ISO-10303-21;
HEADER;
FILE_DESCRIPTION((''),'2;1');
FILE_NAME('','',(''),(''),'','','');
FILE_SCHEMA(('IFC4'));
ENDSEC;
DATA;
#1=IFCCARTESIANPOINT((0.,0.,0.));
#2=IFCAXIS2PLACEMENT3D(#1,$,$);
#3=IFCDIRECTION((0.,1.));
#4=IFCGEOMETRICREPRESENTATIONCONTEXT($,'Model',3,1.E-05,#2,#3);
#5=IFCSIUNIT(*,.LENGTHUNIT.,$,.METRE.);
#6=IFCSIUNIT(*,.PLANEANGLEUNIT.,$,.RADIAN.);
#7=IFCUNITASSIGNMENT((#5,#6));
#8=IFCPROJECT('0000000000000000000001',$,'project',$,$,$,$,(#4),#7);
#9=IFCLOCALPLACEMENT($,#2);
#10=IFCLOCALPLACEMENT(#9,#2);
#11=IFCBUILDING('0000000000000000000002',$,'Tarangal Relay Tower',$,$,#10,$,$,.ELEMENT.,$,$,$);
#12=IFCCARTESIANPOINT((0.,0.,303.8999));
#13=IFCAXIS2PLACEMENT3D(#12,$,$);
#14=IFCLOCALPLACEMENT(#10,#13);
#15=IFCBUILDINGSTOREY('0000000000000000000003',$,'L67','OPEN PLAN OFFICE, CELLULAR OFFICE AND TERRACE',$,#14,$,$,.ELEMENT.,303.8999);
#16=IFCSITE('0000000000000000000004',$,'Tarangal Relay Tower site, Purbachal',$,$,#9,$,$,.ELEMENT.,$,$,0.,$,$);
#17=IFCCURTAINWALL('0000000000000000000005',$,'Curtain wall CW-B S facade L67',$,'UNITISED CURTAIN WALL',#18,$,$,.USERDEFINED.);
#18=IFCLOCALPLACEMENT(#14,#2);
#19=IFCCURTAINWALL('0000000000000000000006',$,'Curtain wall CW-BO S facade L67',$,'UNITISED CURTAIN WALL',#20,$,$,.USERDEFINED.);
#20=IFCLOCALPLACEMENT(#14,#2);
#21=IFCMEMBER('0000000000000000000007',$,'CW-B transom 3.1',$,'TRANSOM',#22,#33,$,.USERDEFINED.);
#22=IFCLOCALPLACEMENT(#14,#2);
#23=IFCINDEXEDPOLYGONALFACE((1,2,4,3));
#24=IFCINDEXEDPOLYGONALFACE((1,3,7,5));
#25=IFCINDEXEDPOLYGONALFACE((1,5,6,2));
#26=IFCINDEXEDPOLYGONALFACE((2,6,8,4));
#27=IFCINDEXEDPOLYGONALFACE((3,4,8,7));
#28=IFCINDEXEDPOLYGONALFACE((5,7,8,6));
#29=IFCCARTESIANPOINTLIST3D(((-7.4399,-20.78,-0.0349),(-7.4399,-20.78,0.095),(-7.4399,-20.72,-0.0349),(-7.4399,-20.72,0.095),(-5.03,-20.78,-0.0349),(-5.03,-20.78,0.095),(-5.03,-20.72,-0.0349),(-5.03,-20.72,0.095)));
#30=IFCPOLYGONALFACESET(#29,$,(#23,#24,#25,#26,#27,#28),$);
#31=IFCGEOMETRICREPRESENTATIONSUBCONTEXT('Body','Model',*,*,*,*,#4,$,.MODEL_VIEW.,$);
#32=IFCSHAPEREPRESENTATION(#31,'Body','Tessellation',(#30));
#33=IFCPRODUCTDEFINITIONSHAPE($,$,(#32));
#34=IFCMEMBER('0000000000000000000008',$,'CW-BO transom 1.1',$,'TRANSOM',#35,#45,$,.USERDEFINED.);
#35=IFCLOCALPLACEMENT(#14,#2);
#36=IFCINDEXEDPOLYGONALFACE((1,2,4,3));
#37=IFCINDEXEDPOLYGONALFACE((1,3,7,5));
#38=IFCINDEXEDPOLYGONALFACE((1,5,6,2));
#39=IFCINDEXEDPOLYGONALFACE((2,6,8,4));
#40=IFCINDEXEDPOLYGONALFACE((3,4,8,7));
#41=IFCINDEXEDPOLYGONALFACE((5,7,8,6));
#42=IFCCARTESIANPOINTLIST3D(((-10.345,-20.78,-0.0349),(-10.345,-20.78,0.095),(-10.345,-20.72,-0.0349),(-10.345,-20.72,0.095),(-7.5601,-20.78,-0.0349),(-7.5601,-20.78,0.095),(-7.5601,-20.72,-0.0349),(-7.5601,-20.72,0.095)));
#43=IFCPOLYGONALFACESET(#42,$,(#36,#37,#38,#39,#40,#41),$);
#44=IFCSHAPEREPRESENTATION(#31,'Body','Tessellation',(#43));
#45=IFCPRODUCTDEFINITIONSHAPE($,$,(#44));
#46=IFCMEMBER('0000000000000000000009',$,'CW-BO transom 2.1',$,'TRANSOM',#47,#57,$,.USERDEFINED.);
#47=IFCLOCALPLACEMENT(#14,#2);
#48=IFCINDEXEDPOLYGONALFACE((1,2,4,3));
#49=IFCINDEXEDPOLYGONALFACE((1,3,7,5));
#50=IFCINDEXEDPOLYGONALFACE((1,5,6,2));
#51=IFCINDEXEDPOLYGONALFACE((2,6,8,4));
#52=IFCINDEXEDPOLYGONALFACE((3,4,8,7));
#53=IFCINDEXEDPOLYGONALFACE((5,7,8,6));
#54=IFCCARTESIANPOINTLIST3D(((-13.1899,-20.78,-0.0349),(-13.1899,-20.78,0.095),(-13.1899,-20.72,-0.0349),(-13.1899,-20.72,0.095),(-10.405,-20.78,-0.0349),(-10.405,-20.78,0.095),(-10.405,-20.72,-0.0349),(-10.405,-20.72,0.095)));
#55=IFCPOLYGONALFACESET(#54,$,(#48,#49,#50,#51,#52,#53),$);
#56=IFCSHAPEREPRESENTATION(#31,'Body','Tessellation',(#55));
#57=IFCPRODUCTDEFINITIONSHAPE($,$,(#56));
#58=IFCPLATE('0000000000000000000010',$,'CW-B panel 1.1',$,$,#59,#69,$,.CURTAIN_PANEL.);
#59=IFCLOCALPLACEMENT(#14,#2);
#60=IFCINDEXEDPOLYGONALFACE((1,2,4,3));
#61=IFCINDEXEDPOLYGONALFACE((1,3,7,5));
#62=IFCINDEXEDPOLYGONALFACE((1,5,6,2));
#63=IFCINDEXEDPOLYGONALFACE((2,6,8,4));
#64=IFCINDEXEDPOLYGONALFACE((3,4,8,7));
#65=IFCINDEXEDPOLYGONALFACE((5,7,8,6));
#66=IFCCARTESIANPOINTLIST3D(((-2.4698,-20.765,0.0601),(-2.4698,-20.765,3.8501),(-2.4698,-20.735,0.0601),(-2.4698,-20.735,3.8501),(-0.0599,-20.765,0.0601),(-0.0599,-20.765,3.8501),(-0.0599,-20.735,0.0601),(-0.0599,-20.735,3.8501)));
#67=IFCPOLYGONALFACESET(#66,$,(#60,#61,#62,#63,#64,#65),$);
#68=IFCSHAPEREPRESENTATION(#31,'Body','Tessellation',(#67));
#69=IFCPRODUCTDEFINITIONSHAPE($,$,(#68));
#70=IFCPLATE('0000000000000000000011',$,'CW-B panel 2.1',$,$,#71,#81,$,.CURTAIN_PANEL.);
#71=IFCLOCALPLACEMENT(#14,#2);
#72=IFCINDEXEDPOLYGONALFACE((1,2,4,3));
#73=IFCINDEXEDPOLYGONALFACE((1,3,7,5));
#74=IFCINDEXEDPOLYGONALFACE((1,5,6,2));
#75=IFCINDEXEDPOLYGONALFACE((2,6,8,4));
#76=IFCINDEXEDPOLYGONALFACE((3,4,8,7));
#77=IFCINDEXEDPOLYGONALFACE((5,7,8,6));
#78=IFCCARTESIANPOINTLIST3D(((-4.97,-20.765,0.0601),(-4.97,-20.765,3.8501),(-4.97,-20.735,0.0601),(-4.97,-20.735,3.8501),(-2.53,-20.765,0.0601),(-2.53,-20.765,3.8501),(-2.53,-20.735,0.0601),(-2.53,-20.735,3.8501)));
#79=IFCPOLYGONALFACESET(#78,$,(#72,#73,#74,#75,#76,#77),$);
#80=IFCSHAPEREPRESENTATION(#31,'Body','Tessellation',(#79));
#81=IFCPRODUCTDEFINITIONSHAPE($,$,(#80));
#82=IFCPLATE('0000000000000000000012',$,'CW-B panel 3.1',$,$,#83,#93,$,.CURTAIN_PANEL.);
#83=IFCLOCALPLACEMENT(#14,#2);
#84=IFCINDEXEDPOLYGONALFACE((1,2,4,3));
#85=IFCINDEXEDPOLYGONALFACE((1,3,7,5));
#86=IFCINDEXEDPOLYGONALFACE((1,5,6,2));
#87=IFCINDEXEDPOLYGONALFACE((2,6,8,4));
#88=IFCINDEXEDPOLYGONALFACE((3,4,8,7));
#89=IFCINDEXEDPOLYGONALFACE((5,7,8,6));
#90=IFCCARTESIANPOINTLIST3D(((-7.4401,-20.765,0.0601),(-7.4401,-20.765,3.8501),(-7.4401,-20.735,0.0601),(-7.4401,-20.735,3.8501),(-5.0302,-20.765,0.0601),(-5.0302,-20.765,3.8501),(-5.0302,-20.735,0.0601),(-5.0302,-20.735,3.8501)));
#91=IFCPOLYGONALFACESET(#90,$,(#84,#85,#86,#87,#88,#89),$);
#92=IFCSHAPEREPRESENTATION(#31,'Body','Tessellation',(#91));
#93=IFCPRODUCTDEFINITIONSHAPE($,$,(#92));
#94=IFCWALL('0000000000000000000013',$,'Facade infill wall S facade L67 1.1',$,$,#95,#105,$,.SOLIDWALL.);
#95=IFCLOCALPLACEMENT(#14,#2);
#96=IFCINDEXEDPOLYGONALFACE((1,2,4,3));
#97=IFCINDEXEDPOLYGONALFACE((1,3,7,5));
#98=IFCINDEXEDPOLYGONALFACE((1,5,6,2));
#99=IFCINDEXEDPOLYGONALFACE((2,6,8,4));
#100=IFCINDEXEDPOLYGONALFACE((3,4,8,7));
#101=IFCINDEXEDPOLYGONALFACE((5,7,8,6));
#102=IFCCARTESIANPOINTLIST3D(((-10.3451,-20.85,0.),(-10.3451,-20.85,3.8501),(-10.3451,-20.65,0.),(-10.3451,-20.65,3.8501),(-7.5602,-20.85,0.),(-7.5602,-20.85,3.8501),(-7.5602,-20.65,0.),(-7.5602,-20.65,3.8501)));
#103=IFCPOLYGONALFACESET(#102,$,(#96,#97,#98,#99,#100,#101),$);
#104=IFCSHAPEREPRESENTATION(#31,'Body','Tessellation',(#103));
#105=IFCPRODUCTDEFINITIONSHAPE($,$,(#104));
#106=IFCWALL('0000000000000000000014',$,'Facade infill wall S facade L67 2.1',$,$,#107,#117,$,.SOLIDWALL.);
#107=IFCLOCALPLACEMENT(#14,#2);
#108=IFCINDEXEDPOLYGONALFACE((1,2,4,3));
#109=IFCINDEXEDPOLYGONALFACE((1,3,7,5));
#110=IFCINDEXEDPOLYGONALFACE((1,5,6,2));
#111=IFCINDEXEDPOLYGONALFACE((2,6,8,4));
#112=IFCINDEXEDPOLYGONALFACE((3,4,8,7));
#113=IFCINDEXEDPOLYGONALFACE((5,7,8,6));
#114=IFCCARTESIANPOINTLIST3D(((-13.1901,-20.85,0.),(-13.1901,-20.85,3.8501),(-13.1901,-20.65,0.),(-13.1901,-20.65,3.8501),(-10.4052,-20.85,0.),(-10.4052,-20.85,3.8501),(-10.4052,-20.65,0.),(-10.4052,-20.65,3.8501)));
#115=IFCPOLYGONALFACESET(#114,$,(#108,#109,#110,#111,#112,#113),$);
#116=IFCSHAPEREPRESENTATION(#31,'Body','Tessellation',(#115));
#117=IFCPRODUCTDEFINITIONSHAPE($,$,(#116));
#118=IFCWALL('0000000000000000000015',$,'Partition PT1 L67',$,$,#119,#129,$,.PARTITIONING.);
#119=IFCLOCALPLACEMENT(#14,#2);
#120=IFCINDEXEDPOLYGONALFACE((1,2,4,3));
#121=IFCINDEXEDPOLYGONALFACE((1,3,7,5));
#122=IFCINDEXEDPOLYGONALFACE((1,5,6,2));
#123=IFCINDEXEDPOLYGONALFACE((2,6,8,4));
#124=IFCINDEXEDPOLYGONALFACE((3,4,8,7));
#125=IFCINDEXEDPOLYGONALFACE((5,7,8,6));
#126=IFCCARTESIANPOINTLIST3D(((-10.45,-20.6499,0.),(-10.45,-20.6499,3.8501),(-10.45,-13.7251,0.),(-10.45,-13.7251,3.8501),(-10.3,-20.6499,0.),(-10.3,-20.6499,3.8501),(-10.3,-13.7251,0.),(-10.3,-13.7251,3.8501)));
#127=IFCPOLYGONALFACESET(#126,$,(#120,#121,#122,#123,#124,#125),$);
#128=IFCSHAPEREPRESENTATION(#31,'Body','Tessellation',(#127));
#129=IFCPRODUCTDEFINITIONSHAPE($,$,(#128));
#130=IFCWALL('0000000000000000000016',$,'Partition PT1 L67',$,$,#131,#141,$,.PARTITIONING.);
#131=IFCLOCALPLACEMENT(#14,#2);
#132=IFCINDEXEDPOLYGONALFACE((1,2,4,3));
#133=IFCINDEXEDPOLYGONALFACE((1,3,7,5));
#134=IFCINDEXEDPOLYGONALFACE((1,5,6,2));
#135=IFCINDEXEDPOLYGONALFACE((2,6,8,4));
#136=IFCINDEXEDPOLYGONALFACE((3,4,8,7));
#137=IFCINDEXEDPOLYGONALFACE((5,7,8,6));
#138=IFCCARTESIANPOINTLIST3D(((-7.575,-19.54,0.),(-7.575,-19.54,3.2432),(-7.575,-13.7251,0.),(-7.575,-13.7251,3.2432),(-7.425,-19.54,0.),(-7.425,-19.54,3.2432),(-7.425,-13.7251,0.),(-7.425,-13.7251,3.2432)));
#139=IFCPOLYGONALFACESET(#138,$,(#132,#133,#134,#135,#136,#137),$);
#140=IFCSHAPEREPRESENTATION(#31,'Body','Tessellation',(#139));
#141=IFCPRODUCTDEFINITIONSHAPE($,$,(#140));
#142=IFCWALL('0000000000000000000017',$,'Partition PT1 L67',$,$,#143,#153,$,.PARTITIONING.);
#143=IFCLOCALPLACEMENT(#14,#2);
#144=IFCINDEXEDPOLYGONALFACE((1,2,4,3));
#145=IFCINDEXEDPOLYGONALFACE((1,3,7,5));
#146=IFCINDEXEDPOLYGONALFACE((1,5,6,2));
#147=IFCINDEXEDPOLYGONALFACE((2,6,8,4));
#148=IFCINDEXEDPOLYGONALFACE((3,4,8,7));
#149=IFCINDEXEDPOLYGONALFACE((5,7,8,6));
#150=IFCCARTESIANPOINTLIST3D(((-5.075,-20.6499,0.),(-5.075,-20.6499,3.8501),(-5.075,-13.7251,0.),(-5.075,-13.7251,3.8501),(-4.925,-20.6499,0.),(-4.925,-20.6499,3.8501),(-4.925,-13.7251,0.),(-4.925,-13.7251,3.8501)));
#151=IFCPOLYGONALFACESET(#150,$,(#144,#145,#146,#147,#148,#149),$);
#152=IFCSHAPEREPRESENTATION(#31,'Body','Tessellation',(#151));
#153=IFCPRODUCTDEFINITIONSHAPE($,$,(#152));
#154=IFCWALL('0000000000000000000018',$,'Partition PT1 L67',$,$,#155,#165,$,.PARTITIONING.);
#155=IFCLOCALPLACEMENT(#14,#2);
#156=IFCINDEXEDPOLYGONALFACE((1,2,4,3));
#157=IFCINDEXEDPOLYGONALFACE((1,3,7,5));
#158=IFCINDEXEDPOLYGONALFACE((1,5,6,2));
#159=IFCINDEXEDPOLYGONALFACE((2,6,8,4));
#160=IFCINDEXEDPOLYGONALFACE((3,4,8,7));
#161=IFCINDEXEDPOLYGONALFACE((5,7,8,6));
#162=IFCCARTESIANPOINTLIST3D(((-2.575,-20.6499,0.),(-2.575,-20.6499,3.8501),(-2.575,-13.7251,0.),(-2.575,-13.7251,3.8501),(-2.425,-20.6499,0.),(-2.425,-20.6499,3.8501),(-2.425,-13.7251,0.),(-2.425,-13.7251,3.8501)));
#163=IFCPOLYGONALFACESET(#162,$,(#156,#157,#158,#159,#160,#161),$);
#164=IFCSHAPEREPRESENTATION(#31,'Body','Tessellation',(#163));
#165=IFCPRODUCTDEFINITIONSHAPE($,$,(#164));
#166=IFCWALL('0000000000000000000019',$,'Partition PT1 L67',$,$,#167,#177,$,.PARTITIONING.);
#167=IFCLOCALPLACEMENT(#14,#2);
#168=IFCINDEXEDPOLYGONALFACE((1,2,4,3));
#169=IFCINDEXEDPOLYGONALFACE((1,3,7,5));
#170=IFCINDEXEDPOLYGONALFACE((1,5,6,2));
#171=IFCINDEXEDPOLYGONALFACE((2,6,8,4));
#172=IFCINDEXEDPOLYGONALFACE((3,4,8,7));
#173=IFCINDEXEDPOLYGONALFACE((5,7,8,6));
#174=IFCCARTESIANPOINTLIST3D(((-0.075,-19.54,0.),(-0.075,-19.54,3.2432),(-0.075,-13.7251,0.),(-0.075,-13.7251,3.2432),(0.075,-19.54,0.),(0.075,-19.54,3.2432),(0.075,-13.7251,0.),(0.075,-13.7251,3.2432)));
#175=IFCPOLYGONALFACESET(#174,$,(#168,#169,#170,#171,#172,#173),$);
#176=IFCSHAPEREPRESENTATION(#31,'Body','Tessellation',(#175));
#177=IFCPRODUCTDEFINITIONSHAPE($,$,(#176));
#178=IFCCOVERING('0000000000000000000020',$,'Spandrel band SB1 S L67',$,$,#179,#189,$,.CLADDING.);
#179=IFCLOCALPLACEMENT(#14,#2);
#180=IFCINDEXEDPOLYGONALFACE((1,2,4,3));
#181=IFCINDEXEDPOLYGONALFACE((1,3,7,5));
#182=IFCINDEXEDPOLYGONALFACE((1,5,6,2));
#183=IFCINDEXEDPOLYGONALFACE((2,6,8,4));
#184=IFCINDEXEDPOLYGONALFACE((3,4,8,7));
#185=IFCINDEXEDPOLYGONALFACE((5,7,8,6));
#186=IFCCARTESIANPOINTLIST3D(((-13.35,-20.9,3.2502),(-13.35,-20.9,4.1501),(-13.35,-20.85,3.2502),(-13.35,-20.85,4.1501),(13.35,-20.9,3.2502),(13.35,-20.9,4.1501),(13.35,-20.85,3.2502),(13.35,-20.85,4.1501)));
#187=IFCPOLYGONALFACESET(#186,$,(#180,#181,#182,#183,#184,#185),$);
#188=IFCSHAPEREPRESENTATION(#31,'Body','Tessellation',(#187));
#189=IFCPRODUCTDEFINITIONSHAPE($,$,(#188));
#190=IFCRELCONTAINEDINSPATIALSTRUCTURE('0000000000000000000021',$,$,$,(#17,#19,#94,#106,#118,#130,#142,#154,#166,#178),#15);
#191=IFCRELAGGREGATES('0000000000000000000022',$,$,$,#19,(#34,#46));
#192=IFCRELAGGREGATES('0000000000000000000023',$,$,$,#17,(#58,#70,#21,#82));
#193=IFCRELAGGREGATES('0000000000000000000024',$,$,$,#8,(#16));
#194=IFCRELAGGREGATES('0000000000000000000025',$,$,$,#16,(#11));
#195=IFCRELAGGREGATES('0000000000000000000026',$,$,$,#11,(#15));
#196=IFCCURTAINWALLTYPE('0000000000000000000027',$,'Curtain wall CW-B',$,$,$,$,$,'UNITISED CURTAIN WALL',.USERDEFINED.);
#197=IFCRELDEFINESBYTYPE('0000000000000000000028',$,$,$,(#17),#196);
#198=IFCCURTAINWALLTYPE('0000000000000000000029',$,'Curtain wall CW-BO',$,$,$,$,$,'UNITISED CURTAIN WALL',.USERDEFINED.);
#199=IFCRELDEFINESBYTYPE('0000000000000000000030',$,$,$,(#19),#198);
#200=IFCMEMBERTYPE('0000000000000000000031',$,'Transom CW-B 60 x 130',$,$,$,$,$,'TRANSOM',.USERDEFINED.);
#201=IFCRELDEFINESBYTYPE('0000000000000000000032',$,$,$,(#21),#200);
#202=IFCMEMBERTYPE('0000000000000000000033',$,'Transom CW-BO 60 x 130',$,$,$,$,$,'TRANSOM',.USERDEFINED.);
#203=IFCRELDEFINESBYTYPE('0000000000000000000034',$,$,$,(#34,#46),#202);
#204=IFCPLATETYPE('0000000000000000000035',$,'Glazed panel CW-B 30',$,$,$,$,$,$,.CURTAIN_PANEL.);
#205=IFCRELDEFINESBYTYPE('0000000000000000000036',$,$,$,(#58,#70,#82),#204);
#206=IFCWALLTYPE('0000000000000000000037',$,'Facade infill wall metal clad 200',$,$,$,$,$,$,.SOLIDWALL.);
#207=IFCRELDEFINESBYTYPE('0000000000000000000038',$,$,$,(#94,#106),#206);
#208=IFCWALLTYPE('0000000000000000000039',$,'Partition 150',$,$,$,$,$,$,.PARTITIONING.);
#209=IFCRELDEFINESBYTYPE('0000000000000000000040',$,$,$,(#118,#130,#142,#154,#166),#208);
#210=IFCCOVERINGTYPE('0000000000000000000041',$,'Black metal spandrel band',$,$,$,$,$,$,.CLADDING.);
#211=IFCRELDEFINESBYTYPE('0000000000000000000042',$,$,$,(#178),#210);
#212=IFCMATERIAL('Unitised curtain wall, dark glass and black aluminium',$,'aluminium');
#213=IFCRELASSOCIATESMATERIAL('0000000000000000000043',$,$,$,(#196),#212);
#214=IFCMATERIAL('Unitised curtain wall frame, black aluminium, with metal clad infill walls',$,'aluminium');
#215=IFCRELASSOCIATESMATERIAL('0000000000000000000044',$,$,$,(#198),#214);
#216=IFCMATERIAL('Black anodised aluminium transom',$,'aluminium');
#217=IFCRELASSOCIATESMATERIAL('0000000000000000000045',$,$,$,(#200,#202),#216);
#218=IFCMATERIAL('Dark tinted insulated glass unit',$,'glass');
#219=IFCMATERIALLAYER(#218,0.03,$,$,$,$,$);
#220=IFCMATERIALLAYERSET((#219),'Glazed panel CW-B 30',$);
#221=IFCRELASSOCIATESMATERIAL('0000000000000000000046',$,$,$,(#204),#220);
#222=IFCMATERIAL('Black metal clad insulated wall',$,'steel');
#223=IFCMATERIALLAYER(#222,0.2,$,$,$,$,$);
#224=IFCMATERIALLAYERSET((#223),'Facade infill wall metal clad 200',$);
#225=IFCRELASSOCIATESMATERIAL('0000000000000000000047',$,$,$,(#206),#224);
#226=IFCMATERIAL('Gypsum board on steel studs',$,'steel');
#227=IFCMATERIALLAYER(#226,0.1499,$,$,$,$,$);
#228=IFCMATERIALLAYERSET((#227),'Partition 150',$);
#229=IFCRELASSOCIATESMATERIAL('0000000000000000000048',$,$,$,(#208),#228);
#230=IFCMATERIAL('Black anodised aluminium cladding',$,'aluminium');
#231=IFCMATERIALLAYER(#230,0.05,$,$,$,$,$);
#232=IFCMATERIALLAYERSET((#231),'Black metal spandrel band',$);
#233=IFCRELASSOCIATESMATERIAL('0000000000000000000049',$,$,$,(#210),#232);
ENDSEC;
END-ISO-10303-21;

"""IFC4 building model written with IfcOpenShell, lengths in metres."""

from ifc_helpers import new_model, si_unit, direction, frame, frame_2d, origin, origin_2d, place, context, subcontext, project, spatial, rectangle, extrude, material, layer, layer_set, material_profile, profile_set, type_object, element, aggregate, save


model = new_model("IFC4")

# Units and contexts
model_context = context("Model", 3, precision=1e-05, world=origin(), true_north=direction((0.0, 1.0)))
body_context = subcontext(model_context, "Body", "Model", "MODEL_VIEW")
ifc_project = project(units=[si_unit("LENGTHUNIT", "METRE"), si_unit("PLANEANGLEUNIT", "RADIAN")], contexts=[model_context])

# Site, building, storey
site_placement = place(None, origin())
site = spatial("IfcSite", under=ifc_project, at=site_placement, Name="Tarangal Relay Tower site, Purbachal", CompositionType="ELEMENT", RefElevation=0.0)
building_placement = place(site_placement, origin())
building = spatial("IfcBuilding", under=site, at=building_placement, Name="Tarangal Relay Tower", CompositionType="ELEMENT")
storey_placement = place(building_placement, frame((0.0, 0.0, 303.8999)))
storey = spatial("IfcBuildingStorey", under=building, at=storey_placement, Name="L67", Description="OPEN PLAN OFFICE, CELLULAR OFFICE AND TERRACE", CompositionType="ELEMENT", Elevation=303.8999)

# Curtain walls
ifc_material_1 = material(Name="Unitised curtain wall, dark glass and black aluminium", Category="aluminium")
curtain_wall_type_1 = type_object("IfcCurtainWallType", Name="Curtain wall CW-B", ElementType="UNITISED CURTAIN WALL", PredefinedType="USERDEFINED", material=ifc_material_1)
curtain_wall_1_placement = place(storey_placement, origin())
curtain_wall_1 = element("IfcCurtainWall", 1, at=curtain_wall_1_placement, inside=storey, type_object=curtain_wall_type_1, Name="Curtain wall CW-B S facade L67", ObjectType="UNITISED CURTAIN WALL", PredefinedType="USERDEFINED")
ifc_material_2 = material(Name="Unitised curtain wall frame, black aluminium, with metal clad infill walls", Category="aluminium")
curtain_wall_type_2 = type_object("IfcCurtainWallType", Name="Curtain wall CW-BO", ElementType="UNITISED CURTAIN WALL", PredefinedType="USERDEFINED", material=ifc_material_2)
curtain_wall_2_placement = place(storey_placement, origin())
curtain_wall_2 = element("IfcCurtainWall", 2, at=curtain_wall_2_placement, inside=storey, type_object=curtain_wall_type_2, Name="Curtain wall CW-BO S facade L67", ObjectType="UNITISED CURTAIN WALL", PredefinedType="USERDEFINED")

# Members
ifc_material_3 = material(Name="Black anodised aluminium transom", Category="aluminium")
ifc_material_profile_1 = material_profile(ifc_material_3, rectangle(XDim=0.0601, YDim=0.1299, at=origin_2d()), Name="CW-BT 60X130")
ifc_profile_set_1 = profile_set([ifc_material_profile_1], Name="Black anodised aluminium transom")
member_type_1 = type_object("IfcMemberType", Name="Transom CW-B 60 x 130", ElementType="TRANSOM", PredefinedType="USERDEFINED", material=ifc_profile_set_1)
member_1_placement = place(storey_placement, frame((-5.03, -20.75, 0.03), z_axis=(-1.0, 0.0, 0.0), x_axis=(0.0, -1.0, 0.0)))
member_1 = element("IfcMember", 3, at=member_1_placement, type_object=member_type_1, Name="CW-B transom 3.1", ObjectType="TRANSOM", PredefinedType="USERDEFINED", context=body_context, shape_type="SweptSolid", body=[
    extrude(rectangle(XDim=0.0601, YDim=0.1299, at=origin_2d()), origin(), (0.0, 0.0, 1.0), 2.4099),
])
ifc_material_profile_2 = material_profile(ifc_material_3, rectangle(XDim=0.0601, YDim=0.1299, at=origin_2d()), Name="CW-BOT 60X130")
ifc_profile_set_2 = profile_set([ifc_material_profile_2], Name="Black anodised aluminium transom")
member_type_2 = type_object("IfcMemberType", Name="Transom CW-BO 60 x 130", ElementType="TRANSOM", PredefinedType="USERDEFINED", material=ifc_profile_set_2)
member_2_placement = place(storey_placement, frame((-7.5601, -20.75, 0.03), z_axis=(-1.0, 0.0, 0.0), x_axis=(0.0, -1.0, 0.0)))
member_2 = element("IfcMember", 4, at=member_2_placement, type_object=member_type_2, Name="CW-BO transom 1.1", ObjectType="TRANSOM", PredefinedType="USERDEFINED", context=body_context, shape_type="SweptSolid", body=[
    extrude(rectangle(XDim=0.0601, YDim=0.1299, at=origin_2d()), origin(), (0.0, 0.0, 1.0), 2.7849),
])
member_3_placement = place(storey_placement, frame((-10.405, -20.75, 0.03), z_axis=(-1.0, 0.0, 0.0), x_axis=(0.0, -1.0, 0.0)))
member_3 = element("IfcMember", 5, at=member_3_placement, type_object=member_type_2, Name="CW-BO transom 2.1", ObjectType="TRANSOM", PredefinedType="USERDEFINED", context=body_context, shape_type="SweptSolid", body=[
    extrude(rectangle(XDim=0.0601, YDim=0.1299, at=origin_2d()), origin(), (0.0, 0.0, 1.0), 2.7849),
])
aggregate(curtain_wall_2, [member_2, member_3])

# Plates
ifc_material_4 = material(Name="Dark tinted insulated glass unit", Category="glass")
ifc_layer_1 = layer(ifc_material_4, 0.03)
ifc_layer_set_1 = layer_set([ifc_layer_1], Name="Glazed panel CW-B 30")
plate_type = type_object("IfcPlateType", Name="Glazed panel CW-B 30", PredefinedType="CURTAIN_PANEL", material=ifc_layer_set_1)
plate_1_placement = place(storey_placement, frame((-1.2649, -20.75, 0.0601), z_axis=(0.0, 0.0, 1.0), x_axis=(-1.0, 0.0, 0.0)))
plate_1 = element("IfcPlate", 6, at=plate_1_placement, type_object=plate_type, Name="CW-B panel 1.1", PredefinedType="CURTAIN_PANEL", context=body_context, shape_type="SweptSolid", body=[
    extrude(rectangle(XDim=2.4099, YDim=0.03, at=origin_2d()), origin(), (0.0, 0.0, 1.0), 3.79),
])
plate_2_placement = place(storey_placement, frame((-3.75, -20.75, 0.0601), z_axis=(0.0, 0.0, 1.0), x_axis=(-1.0, 0.0, 0.0)))
plate_2 = element("IfcPlate", 7, at=plate_2_placement, type_object=plate_type, Name="CW-B panel 2.1", PredefinedType="CURTAIN_PANEL", context=body_context, shape_type="SweptSolid", body=[
    extrude(rectangle(XDim=2.4399, YDim=0.03, at=origin_2d()), origin(), (0.0, 0.0, 1.0), 3.79),
])
plate_3_placement = place(storey_placement, frame((-6.2351, -20.75, 0.0601), z_axis=(0.0, 0.0, 1.0), x_axis=(-1.0, 0.0, 0.0)))
plate_3 = element("IfcPlate", 8, at=plate_3_placement, type_object=plate_type, Name="CW-B panel 3.1", PredefinedType="CURTAIN_PANEL", context=body_context, shape_type="SweptSolid", body=[
    extrude(rectangle(XDim=2.4099, YDim=0.03, at=origin_2d()), origin(), (0.0, 0.0, 1.0), 3.79),
])
aggregate(curtain_wall_1, [plate_1, plate_2, member_1, plate_3])

# Walls
ifc_material_5 = material(Name="Black metal clad insulated wall", Category="steel")
ifc_layer_2 = layer(ifc_material_5, 0.2)
ifc_layer_set_2 = layer_set([ifc_layer_2], Name="Facade infill wall metal clad 200")
wall_type_1 = type_object("IfcWallType", Name="Facade infill wall metal clad 200", PredefinedType="SOLIDWALL", material=ifc_layer_set_2)
for number, where, z_axis, x_axis, name in (
    (9, (-7.5601, -20.75, 0.0), (0.0, 0.0, 1.0), (-1.0, 0.0, 0.0), "Facade infill wall S facade L67 1.1"),
    (10, (-10.405, -20.75, 0.0), (0.0, 0.0, 1.0), (-1.0, 0.0, 0.0), "Facade infill wall S facade L67 2.1"),
):
    element("IfcWall", number, at=place(storey_placement, frame(where, z_axis=z_axis, x_axis=x_axis)), inside=storey, type_object=wall_type_1, Name=name, PredefinedType="SOLIDWALL", context=body_context, shape_type="SweptSolid", body=[
        extrude(rectangle(XDim=2.7849, YDim=0.2, at=frame_2d((1.3926, 0.0))), origin(), (0.0, 0.0, 1.0), 3.8501),
    ])
ifc_material_6 = material(Name="Gypsum board on steel studs", Category="steel")
ifc_layer_3 = layer(ifc_material_6, 0.1499)
ifc_layer_set_3 = layer_set([ifc_layer_3], Name="Partition 150")
wall_type_2 = type_object("IfcWallType", Name="Partition 150", PredefinedType="PARTITIONING", material=ifc_layer_set_3)
wall_1_placement = place(storey_placement, frame((-10.375, -20.6499, 0.0), z_axis=(0.0, 0.0, 1.0), x_axis=(0.0, 1.0, 0.0)))
element("IfcWall", 11, at=wall_1_placement, inside=storey, type_object=wall_type_2, Name="Partition PT1 L67", PredefinedType="PARTITIONING", context=body_context, shape_type="SweptSolid", body=[
    extrude(rectangle(XDim=6.9248, YDim=0.1499, at=frame_2d((3.4624, 0.0))), origin(), (0.0, 0.0, 1.0), 3.8501),
])
wall_2_placement = place(storey_placement, frame((-7.5, -19.54, 0.0), z_axis=(0.0, 0.0, 1.0), x_axis=(0.0, 1.0, 0.0)))
element("IfcWall", 12, at=wall_2_placement, inside=storey, type_object=wall_type_2, Name="Partition PT1 L67", PredefinedType="PARTITIONING", context=body_context, shape_type="SweptSolid", body=[
    extrude(rectangle(XDim=5.8149, YDim=0.1499, at=frame_2d((2.9075, 0.0))), origin(), (0.0, 0.0, 1.0), 3.2432),
])
for number, where, z_axis, x_axis, name in (
    (13, (-5.0, -20.6499, 0.0), (0.0, 0.0, 1.0), (0.0, 1.0, 0.0), "Partition PT1 L67"),
    (14, (-2.5, -20.6499, 0.0), (0.0, 0.0, 1.0), (0.0, 1.0, 0.0), "Partition PT1 L67"),
):
    element("IfcWall", number, at=place(storey_placement, frame(where, z_axis=z_axis, x_axis=x_axis)), inside=storey, type_object=wall_type_2, Name=name, PredefinedType="PARTITIONING", context=body_context, shape_type="SweptSolid", body=[
        extrude(rectangle(XDim=6.9248, YDim=0.1499, at=frame_2d((3.4624, 0.0))), origin(), (0.0, 0.0, 1.0), 3.8501),
    ])
wall_3_placement = place(storey_placement, frame((0.0, -19.54, 0.0), z_axis=(0.0, 0.0, 1.0), x_axis=(0.0, 1.0, 0.0)))
element("IfcWall", 15, at=wall_3_placement, inside=storey, type_object=wall_type_2, Name="Partition PT1 L67", PredefinedType="PARTITIONING", context=body_context, shape_type="SweptSolid", body=[
    extrude(rectangle(XDim=5.8149, YDim=0.1499, at=frame_2d((2.9075, 0.0))), origin(), (0.0, 0.0, 1.0), 3.2432),
])

# Covering
ifc_material_7 = material(Name="Black anodised aluminium cladding", Category="aluminium")
ifc_layer_4 = layer(ifc_material_7, 0.05)
ifc_layer_set_4 = layer_set([ifc_layer_4], Name="Black metal spandrel band")
covering_type = type_object("IfcCoveringType", Name="Black metal spandrel band", PredefinedType="CLADDING", material=ifc_layer_set_4)
covering_placement = place(storey_placement, frame((0.0, -20.875, 3.2502), z_axis=(0.0, 0.0, 1.0), x_axis=(-1.0, 0.0, 0.0)))
element("IfcCovering", 16, at=covering_placement, inside=storey, type_object=covering_type, Name="Spandrel band SB1 S L67", PredefinedType="CLADDING", context=body_context, shape_type="SweptSolid", body=[
    extrude(rectangle(XDim=26.7, YDim=0.05, at=origin_2d()), origin(), (0.0, 0.0, 1.0), 0.8999),
])

save(model, "model.ifc")
